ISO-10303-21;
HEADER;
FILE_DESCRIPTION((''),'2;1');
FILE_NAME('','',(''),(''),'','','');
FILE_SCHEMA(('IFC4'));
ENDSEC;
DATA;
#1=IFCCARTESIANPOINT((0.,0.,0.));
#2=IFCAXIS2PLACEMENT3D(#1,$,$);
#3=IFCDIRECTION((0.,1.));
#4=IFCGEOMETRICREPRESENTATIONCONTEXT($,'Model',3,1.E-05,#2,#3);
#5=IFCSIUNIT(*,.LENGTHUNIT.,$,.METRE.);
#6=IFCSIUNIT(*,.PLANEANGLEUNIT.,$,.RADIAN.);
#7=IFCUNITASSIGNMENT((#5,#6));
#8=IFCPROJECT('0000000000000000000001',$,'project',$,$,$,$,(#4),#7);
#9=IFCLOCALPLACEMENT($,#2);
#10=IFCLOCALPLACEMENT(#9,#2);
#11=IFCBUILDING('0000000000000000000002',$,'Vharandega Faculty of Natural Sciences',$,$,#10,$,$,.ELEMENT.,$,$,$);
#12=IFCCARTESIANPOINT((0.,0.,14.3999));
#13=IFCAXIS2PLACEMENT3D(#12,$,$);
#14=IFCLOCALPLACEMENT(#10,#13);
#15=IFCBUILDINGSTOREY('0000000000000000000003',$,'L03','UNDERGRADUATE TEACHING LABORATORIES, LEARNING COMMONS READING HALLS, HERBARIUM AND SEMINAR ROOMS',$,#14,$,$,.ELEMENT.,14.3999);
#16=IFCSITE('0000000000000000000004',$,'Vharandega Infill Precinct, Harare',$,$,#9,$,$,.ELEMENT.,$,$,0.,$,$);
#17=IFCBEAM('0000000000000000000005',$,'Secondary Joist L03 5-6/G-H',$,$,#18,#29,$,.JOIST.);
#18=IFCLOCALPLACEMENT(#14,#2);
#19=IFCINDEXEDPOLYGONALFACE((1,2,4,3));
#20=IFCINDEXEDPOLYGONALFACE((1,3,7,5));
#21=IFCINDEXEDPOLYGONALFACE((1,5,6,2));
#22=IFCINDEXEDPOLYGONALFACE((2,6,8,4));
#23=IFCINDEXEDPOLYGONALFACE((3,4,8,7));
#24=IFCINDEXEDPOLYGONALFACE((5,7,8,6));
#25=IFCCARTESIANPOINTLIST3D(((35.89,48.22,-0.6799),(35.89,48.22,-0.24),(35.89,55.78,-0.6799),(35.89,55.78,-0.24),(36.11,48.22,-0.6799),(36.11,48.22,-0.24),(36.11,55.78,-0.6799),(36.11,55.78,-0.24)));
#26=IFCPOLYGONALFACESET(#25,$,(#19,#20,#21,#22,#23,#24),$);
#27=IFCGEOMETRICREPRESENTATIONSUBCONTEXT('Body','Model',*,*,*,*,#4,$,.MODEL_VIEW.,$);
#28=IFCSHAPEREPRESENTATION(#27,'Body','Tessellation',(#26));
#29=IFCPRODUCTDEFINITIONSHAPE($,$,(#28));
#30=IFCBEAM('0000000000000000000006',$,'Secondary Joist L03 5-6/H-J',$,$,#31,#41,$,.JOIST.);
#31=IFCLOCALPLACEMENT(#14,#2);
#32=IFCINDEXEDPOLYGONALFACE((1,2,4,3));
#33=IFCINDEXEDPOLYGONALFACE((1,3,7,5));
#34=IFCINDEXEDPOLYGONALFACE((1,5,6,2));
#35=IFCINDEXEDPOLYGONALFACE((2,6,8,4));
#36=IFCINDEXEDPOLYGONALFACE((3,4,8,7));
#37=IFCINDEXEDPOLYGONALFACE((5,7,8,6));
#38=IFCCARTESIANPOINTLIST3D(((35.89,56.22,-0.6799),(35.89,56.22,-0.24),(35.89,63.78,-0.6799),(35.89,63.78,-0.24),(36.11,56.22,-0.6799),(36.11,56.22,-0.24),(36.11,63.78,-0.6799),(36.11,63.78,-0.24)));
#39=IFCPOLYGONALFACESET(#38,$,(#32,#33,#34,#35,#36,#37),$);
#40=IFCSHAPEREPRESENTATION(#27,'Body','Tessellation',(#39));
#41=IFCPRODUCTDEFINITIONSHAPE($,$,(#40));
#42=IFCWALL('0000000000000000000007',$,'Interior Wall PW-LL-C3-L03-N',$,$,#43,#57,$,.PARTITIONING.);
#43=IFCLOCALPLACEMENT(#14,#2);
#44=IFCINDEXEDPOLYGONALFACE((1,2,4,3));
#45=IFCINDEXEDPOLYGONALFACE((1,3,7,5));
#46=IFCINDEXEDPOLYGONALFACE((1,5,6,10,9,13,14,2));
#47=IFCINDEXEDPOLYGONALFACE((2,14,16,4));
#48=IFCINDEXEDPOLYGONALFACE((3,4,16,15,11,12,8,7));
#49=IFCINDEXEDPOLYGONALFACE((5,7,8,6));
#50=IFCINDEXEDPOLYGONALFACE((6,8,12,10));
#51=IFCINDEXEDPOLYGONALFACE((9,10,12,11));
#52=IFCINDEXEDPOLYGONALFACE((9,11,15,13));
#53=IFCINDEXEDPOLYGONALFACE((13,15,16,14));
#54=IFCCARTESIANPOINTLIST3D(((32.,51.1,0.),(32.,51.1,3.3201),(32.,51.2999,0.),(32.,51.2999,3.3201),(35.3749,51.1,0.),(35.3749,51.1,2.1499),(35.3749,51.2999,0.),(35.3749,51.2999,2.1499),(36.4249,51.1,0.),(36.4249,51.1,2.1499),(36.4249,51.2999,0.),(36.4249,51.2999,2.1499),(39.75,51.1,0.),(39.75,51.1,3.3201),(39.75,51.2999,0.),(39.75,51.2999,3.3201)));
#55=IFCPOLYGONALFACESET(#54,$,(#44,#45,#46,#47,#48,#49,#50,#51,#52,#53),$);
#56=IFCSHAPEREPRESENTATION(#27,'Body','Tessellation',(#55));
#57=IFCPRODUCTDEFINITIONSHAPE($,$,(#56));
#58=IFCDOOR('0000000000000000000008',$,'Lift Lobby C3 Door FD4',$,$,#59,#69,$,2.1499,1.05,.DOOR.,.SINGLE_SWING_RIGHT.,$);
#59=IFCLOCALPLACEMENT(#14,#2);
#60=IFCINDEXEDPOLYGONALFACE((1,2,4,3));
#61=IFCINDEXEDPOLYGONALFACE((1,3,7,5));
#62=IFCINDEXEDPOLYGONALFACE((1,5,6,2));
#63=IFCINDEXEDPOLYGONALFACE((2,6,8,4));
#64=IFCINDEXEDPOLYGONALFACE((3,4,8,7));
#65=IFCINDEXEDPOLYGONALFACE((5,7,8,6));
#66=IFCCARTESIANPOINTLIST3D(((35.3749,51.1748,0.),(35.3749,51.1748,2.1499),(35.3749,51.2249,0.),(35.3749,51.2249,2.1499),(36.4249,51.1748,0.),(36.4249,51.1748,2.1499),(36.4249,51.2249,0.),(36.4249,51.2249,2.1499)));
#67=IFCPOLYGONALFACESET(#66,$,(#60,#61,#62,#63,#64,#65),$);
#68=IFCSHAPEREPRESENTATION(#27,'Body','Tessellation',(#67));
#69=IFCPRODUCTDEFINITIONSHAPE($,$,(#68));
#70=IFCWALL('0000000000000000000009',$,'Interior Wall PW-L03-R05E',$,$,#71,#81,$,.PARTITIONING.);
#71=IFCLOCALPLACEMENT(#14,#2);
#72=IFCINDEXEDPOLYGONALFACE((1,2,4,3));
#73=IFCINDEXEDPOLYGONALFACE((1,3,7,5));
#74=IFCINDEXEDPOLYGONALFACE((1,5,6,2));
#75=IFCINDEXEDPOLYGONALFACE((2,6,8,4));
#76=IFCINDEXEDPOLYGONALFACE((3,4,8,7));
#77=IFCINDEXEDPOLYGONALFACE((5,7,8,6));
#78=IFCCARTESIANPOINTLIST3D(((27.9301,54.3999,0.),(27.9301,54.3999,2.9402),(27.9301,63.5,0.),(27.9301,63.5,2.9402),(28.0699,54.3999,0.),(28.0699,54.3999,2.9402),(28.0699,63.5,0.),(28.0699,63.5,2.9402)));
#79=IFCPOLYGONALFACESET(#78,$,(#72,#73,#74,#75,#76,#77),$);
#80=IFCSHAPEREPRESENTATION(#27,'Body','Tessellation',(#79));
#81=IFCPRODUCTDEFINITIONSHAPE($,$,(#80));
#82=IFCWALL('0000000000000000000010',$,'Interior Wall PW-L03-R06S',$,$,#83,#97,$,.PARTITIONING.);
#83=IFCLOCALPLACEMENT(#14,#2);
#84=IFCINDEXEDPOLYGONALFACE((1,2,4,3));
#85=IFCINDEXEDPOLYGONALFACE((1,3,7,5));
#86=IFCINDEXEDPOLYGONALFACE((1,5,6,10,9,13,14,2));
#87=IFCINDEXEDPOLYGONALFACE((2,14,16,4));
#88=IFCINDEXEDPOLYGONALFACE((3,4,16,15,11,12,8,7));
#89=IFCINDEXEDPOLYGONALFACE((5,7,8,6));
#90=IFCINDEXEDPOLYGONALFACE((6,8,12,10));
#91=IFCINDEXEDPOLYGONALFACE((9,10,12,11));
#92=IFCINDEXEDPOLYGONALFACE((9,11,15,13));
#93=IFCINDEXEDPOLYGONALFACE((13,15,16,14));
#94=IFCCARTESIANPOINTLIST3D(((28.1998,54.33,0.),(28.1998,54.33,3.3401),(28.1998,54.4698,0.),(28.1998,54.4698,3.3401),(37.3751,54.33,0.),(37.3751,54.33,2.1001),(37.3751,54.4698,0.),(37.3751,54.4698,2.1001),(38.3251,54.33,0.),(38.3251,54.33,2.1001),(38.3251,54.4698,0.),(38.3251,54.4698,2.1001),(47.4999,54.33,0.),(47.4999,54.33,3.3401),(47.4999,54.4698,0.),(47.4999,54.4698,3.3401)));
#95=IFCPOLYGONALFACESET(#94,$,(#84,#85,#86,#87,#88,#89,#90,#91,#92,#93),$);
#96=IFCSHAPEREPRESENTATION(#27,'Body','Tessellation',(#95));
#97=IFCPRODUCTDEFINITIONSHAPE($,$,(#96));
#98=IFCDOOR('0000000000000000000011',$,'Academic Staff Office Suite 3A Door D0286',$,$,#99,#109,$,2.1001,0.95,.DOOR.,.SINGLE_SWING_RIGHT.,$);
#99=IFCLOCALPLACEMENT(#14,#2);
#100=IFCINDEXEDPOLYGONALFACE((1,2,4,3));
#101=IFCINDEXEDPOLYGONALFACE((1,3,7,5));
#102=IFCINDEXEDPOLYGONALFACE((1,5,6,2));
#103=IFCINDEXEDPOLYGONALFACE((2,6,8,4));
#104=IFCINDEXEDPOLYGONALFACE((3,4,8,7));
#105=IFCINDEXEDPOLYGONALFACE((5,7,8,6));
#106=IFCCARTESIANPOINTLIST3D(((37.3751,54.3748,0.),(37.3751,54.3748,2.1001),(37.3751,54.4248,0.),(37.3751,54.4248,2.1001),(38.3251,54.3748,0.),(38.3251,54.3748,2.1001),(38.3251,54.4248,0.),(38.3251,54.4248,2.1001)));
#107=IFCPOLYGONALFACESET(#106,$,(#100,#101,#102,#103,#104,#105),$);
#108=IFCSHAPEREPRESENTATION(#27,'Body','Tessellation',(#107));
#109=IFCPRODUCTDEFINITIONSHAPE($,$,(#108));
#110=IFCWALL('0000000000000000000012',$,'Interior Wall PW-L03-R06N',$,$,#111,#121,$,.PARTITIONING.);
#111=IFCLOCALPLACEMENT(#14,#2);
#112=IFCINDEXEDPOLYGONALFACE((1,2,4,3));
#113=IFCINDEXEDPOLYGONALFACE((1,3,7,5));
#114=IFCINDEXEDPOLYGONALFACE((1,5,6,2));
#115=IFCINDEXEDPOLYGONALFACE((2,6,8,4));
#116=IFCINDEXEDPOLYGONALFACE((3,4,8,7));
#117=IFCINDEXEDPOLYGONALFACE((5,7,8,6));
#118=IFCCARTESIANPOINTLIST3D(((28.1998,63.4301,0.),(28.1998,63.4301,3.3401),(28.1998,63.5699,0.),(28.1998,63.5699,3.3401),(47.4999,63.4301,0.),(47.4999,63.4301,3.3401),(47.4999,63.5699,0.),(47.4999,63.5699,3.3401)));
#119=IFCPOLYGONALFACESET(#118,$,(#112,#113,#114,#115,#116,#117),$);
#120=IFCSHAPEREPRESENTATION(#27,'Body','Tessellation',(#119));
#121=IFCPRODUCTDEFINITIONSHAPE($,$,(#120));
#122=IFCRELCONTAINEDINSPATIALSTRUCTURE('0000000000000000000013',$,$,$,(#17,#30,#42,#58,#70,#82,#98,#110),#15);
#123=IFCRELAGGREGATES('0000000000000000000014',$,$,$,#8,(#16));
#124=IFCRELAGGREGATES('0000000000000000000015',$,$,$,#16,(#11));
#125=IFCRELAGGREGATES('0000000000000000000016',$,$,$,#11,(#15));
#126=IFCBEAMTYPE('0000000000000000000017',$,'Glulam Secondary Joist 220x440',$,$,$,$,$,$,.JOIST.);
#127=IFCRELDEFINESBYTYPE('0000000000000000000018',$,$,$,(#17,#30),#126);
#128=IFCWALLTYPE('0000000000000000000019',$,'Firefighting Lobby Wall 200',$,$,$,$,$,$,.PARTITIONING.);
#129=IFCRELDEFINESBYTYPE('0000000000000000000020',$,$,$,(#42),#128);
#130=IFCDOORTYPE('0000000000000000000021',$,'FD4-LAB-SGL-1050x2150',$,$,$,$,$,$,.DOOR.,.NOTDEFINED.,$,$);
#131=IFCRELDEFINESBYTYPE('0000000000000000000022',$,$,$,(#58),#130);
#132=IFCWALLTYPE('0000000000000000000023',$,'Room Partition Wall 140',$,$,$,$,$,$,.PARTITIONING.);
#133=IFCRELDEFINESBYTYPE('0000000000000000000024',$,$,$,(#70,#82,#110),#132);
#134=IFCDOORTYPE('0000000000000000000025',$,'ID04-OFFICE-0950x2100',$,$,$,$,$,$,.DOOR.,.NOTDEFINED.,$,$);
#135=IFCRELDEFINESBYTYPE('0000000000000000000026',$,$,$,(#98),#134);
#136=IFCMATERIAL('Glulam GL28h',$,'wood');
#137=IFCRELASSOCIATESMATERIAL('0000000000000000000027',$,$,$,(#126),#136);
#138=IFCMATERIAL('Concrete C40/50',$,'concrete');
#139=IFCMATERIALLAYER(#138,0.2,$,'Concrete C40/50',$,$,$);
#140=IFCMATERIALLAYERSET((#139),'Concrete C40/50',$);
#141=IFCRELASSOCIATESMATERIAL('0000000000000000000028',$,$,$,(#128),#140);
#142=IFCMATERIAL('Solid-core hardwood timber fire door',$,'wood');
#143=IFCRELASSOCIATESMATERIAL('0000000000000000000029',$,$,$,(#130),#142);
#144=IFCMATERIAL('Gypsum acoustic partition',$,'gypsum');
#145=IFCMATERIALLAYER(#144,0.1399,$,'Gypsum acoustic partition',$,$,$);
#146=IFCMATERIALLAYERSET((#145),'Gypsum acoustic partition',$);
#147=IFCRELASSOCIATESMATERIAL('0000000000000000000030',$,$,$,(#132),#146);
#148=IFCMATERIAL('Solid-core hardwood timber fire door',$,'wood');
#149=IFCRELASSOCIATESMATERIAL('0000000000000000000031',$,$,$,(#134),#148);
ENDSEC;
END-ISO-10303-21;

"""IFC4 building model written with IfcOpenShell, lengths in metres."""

from ifc_helpers import new_model, si_unit, direction, frame, frame_2d, origin, origin_2d, place, context, subcontext, project, spatial, rectangle, extrude, material, layer, layer_set, material_profile, profile_set, type_object, element, fill, save


model = new_model("IFC4")

# Units and contexts
model_context = context("Model", 3, precision=1e-05, world=origin(), true_north=direction((0.0, 1.0)))
body_context = subcontext(model_context, "Body", "Model", "MODEL_VIEW")
ifc_project = project(units=[si_unit("LENGTHUNIT", "METRE"), si_unit("PLANEANGLEUNIT", "RADIAN")], contexts=[model_context])

# Site, building, storey
site_placement = place(None, origin())
site = spatial("IfcSite", under=ifc_project, at=site_placement, Name="Vharandega Infill Precinct, Harare", CompositionType="ELEMENT", RefElevation=0.0)
building_placement = place(site_placement, origin())
building = spatial("IfcBuilding", under=site, at=building_placement, Name="Vharandega Faculty of Natural Sciences", CompositionType="ELEMENT")
storey_placement = place(building_placement, frame((0.0, 0.0, 14.3999)))
storey = spatial("IfcBuildingStorey", under=building, at=storey_placement, Name="L03", Description="UNDERGRADUATE TEACHING LABORATORIES, LEARNING COMMONS READING HALLS, HERBARIUM AND SEMINAR ROOMS", CompositionType="ELEMENT", Elevation=14.3999)

# Beams
ifc_material_1 = material(Name="Glulam GL28h", Category="wood")
ifc_material_profile_1 = material_profile(ifc_material_1, rectangle(XDim=0.22, YDim=0.4399, at=origin_2d()), Name="GL28h 220x440")
ifc_profile_set_1 = profile_set([ifc_material_profile_1], Name="Glulam GL28h")
beam_type_1 = type_object("IfcBeamType", Name="Glulam Secondary Joist 220x440", PredefinedType="JOIST", material=ifc_profile_set_1)
for number, where, z_axis, x_axis, name in (
    (1, (36.0, 48.22, -0.46), (0.0, 1.0, 0.0), (-1.0, 0.0, 0.0), "Secondary Joist L03 5-6/G-H"),
    (2, (36.0, 56.22, -0.46), (0.0, 1.0, 0.0), (-1.0, 0.0, 0.0), "Secondary Joist L03 5-6/H-J"),
):
    element("IfcBeam", number, at=place(storey_placement, frame(where, z_axis=z_axis, x_axis=x_axis)), inside=storey, type_object=beam_type_1, Name=name, PredefinedType="JOIST", context=body_context, shape_type="SweptSolid", body=[
        extrude(rectangle(XDim=0.22, YDim=0.4399, at=origin_2d()), origin(), (0.0, 0.0, 1.0), 7.5601),
    ])

# Wall, opening, door
ifc_material_2 = material(Name="Concrete C40/50", Category="concrete")
ifc_layer_1 = layer(ifc_material_2, 0.2, Name="Concrete C40/50")
ifc_layer_set_1 = layer_set([ifc_layer_1], Name="Concrete C40/50")
wall_type_1 = type_object("IfcWallType", Name="Firefighting Lobby Wall 200", PredefinedType="PARTITIONING", material=ifc_layer_set_1)
wall_1_placement = place(storey_placement, frame((32.0, 51.2, 0.0), z_axis=(0.0, 0.0, 1.0), x_axis=(1.0, 0.0, 0.0)))
wall_1 = element("IfcWall", 3, at=wall_1_placement, inside=storey, type_object=wall_type_1, Name="Interior Wall PW-LL-C3-L03-N", PredefinedType="PARTITIONING", context=body_context, shape_type="SweptSolid", body=[
    extrude(rectangle(XDim=7.75, YDim=0.2, at=frame_2d((3.875, 0.0))), origin(), (0.0, 0.0, 1.0), 3.3201),
])
opening_1_placement = place(wall_1_placement, frame((3.375, 0.0, 0.0)))
opening_1 = element("IfcOpeningElement", 4, at=opening_1_placement, cuts=wall_1, PredefinedType="OPENING", context=body_context, shape_type="SweptSolid", body=[
    extrude(rectangle(XDim=1.05, YDim=2.1499, at=frame_2d((0.5249, 1.075))), frame((0.0, 0.1099, 0.0), z_axis=(0.0, -1.0, 0.0), x_axis=(1.0, 0.0, 0.0)), (0.0, 0.0, 1.0), 0.22),
])
ifc_material_3 = material(Name="Solid-core hardwood timber fire door", Category="wood")
door_type_1 = type_object("IfcDoorType", Name="FD4-LAB-SGL-1050x2150", OperationType="NOTDEFINED", PredefinedType="DOOR", material=ifc_material_3)
door_1_placement = place(opening_1_placement, origin())
door_1 = element("IfcDoor", 5, at=door_1_placement, inside=storey, type_object=door_type_1, Name="Lift Lobby C3 Door FD4", OperationType="SINGLE_SWING_RIGHT", OverallHeight=2.1499, OverallWidth=1.05, PredefinedType="DOOR", context=body_context, shape_type="SweptSolid", body=[
    extrude(rectangle(XDim=1.05, YDim=2.1499, at=frame_2d((0.5249, 1.075))), frame((0.0, 0.0249, 0.0), z_axis=(0.0, -1.0, 0.0), x_axis=(1.0, 0.0, 0.0)), (0.0, 0.0, 1.0), 0.05),
])
fill(opening_1, door_1)

# Wall
ifc_material_4 = material(Name="Gypsum acoustic partition", Category="gypsum")
ifc_layer_2 = layer(ifc_material_4, 0.1399, Name="Gypsum acoustic partition")
ifc_layer_set_2 = layer_set([ifc_layer_2], Name="Gypsum acoustic partition")
wall_type_2 = type_object("IfcWallType", Name="Room Partition Wall 140", PredefinedType="PARTITIONING", material=ifc_layer_set_2)
wall_2_placement = place(storey_placement, frame((28.0, 54.3999, 0.0), z_axis=(0.0, 0.0, 1.0), x_axis=(0.0, 1.0, 0.0)))
element("IfcWall", 6, at=wall_2_placement, inside=storey, type_object=wall_type_2, Name="Interior Wall PW-L03-R05E", PredefinedType="PARTITIONING", context=body_context, shape_type="SweptSolid", body=[
    extrude(rectangle(XDim=9.1001, YDim=0.1399, at=frame_2d((4.55, 0.0))), origin(), (0.0, 0.0, 1.0), 2.9402),
])

# Wall, opening, door
wall_3_placement = place(storey_placement, frame((28.2, 54.3999, 0.0), z_axis=(0.0, 0.0, 1.0), x_axis=(1.0, 0.0, 0.0)))
wall_3 = element("IfcWall", 7, at=wall_3_placement, inside=storey, type_object=wall_type_2, Name="Interior Wall PW-L03-R06S", PredefinedType="PARTITIONING", context=body_context, shape_type="SweptSolid", body=[
    extrude(rectangle(XDim=19.3, YDim=0.1399, at=frame_2d((9.6499, 0.0))), origin(), (0.0, 0.0, 1.0), 3.3401),
])
opening_2_placement = place(wall_3_placement, frame((9.175, 0.0, 0.0)))
opening_2 = element("IfcOpeningElement", 8, at=opening_2_placement, cuts=wall_3, PredefinedType="OPENING", context=body_context, shape_type="SweptSolid", body=[
    extrude(rectangle(XDim=0.95, YDim=2.1001, at=frame_2d((0.4751, 1.05))), frame((0.0, 0.0801, 0.0), z_axis=(0.0, -1.0, 0.0), x_axis=(1.0, 0.0, 0.0)), (0.0, 0.0, 1.0), 0.1599),
])
ifc_material_5 = material(Name="Solid-core hardwood timber fire door", Category="wood")
door_type_2 = type_object("IfcDoorType", Name="ID04-OFFICE-0950x2100", OperationType="NOTDEFINED", PredefinedType="DOOR", material=ifc_material_5)
door_2_placement = place(opening_2_placement, origin())
door_2 = element("IfcDoor", 9, at=door_2_placement, inside=storey, type_object=door_type_2, Name="Academic Staff Office Suite 3A Door D0286", OperationType="SINGLE_SWING_RIGHT", OverallHeight=2.1001, OverallWidth=0.95, PredefinedType="DOOR", context=body_context, shape_type="SweptSolid", body=[
    extrude(rectangle(XDim=0.95, YDim=2.1001, at=frame_2d((0.4751, 1.05))), frame((0.0, 0.0249, 0.0), z_axis=(0.0, -1.0, 0.0), x_axis=(1.0, 0.0, 0.0)), (0.0, 0.0, 1.0), 0.05),
])
fill(opening_2, door_2)

# Wall
wall_4_placement = place(storey_placement, frame((28.2, 63.5, 0.0), z_axis=(0.0, 0.0, 1.0), x_axis=(1.0, 0.0, 0.0)))
element("IfcWall", 10, at=wall_4_placement, inside=storey, type_object=wall_type_2, Name="Interior Wall PW-L03-R06N", PredefinedType="PARTITIONING", context=body_context, shape_type="SweptSolid", body=[
    extrude(rectangle(XDim=19.3, YDim=0.1399, at=frame_2d((9.6499, 0.0))), origin(), (0.0, 0.0, 1.0), 3.3401),
])

save(model, "model.ifc")
